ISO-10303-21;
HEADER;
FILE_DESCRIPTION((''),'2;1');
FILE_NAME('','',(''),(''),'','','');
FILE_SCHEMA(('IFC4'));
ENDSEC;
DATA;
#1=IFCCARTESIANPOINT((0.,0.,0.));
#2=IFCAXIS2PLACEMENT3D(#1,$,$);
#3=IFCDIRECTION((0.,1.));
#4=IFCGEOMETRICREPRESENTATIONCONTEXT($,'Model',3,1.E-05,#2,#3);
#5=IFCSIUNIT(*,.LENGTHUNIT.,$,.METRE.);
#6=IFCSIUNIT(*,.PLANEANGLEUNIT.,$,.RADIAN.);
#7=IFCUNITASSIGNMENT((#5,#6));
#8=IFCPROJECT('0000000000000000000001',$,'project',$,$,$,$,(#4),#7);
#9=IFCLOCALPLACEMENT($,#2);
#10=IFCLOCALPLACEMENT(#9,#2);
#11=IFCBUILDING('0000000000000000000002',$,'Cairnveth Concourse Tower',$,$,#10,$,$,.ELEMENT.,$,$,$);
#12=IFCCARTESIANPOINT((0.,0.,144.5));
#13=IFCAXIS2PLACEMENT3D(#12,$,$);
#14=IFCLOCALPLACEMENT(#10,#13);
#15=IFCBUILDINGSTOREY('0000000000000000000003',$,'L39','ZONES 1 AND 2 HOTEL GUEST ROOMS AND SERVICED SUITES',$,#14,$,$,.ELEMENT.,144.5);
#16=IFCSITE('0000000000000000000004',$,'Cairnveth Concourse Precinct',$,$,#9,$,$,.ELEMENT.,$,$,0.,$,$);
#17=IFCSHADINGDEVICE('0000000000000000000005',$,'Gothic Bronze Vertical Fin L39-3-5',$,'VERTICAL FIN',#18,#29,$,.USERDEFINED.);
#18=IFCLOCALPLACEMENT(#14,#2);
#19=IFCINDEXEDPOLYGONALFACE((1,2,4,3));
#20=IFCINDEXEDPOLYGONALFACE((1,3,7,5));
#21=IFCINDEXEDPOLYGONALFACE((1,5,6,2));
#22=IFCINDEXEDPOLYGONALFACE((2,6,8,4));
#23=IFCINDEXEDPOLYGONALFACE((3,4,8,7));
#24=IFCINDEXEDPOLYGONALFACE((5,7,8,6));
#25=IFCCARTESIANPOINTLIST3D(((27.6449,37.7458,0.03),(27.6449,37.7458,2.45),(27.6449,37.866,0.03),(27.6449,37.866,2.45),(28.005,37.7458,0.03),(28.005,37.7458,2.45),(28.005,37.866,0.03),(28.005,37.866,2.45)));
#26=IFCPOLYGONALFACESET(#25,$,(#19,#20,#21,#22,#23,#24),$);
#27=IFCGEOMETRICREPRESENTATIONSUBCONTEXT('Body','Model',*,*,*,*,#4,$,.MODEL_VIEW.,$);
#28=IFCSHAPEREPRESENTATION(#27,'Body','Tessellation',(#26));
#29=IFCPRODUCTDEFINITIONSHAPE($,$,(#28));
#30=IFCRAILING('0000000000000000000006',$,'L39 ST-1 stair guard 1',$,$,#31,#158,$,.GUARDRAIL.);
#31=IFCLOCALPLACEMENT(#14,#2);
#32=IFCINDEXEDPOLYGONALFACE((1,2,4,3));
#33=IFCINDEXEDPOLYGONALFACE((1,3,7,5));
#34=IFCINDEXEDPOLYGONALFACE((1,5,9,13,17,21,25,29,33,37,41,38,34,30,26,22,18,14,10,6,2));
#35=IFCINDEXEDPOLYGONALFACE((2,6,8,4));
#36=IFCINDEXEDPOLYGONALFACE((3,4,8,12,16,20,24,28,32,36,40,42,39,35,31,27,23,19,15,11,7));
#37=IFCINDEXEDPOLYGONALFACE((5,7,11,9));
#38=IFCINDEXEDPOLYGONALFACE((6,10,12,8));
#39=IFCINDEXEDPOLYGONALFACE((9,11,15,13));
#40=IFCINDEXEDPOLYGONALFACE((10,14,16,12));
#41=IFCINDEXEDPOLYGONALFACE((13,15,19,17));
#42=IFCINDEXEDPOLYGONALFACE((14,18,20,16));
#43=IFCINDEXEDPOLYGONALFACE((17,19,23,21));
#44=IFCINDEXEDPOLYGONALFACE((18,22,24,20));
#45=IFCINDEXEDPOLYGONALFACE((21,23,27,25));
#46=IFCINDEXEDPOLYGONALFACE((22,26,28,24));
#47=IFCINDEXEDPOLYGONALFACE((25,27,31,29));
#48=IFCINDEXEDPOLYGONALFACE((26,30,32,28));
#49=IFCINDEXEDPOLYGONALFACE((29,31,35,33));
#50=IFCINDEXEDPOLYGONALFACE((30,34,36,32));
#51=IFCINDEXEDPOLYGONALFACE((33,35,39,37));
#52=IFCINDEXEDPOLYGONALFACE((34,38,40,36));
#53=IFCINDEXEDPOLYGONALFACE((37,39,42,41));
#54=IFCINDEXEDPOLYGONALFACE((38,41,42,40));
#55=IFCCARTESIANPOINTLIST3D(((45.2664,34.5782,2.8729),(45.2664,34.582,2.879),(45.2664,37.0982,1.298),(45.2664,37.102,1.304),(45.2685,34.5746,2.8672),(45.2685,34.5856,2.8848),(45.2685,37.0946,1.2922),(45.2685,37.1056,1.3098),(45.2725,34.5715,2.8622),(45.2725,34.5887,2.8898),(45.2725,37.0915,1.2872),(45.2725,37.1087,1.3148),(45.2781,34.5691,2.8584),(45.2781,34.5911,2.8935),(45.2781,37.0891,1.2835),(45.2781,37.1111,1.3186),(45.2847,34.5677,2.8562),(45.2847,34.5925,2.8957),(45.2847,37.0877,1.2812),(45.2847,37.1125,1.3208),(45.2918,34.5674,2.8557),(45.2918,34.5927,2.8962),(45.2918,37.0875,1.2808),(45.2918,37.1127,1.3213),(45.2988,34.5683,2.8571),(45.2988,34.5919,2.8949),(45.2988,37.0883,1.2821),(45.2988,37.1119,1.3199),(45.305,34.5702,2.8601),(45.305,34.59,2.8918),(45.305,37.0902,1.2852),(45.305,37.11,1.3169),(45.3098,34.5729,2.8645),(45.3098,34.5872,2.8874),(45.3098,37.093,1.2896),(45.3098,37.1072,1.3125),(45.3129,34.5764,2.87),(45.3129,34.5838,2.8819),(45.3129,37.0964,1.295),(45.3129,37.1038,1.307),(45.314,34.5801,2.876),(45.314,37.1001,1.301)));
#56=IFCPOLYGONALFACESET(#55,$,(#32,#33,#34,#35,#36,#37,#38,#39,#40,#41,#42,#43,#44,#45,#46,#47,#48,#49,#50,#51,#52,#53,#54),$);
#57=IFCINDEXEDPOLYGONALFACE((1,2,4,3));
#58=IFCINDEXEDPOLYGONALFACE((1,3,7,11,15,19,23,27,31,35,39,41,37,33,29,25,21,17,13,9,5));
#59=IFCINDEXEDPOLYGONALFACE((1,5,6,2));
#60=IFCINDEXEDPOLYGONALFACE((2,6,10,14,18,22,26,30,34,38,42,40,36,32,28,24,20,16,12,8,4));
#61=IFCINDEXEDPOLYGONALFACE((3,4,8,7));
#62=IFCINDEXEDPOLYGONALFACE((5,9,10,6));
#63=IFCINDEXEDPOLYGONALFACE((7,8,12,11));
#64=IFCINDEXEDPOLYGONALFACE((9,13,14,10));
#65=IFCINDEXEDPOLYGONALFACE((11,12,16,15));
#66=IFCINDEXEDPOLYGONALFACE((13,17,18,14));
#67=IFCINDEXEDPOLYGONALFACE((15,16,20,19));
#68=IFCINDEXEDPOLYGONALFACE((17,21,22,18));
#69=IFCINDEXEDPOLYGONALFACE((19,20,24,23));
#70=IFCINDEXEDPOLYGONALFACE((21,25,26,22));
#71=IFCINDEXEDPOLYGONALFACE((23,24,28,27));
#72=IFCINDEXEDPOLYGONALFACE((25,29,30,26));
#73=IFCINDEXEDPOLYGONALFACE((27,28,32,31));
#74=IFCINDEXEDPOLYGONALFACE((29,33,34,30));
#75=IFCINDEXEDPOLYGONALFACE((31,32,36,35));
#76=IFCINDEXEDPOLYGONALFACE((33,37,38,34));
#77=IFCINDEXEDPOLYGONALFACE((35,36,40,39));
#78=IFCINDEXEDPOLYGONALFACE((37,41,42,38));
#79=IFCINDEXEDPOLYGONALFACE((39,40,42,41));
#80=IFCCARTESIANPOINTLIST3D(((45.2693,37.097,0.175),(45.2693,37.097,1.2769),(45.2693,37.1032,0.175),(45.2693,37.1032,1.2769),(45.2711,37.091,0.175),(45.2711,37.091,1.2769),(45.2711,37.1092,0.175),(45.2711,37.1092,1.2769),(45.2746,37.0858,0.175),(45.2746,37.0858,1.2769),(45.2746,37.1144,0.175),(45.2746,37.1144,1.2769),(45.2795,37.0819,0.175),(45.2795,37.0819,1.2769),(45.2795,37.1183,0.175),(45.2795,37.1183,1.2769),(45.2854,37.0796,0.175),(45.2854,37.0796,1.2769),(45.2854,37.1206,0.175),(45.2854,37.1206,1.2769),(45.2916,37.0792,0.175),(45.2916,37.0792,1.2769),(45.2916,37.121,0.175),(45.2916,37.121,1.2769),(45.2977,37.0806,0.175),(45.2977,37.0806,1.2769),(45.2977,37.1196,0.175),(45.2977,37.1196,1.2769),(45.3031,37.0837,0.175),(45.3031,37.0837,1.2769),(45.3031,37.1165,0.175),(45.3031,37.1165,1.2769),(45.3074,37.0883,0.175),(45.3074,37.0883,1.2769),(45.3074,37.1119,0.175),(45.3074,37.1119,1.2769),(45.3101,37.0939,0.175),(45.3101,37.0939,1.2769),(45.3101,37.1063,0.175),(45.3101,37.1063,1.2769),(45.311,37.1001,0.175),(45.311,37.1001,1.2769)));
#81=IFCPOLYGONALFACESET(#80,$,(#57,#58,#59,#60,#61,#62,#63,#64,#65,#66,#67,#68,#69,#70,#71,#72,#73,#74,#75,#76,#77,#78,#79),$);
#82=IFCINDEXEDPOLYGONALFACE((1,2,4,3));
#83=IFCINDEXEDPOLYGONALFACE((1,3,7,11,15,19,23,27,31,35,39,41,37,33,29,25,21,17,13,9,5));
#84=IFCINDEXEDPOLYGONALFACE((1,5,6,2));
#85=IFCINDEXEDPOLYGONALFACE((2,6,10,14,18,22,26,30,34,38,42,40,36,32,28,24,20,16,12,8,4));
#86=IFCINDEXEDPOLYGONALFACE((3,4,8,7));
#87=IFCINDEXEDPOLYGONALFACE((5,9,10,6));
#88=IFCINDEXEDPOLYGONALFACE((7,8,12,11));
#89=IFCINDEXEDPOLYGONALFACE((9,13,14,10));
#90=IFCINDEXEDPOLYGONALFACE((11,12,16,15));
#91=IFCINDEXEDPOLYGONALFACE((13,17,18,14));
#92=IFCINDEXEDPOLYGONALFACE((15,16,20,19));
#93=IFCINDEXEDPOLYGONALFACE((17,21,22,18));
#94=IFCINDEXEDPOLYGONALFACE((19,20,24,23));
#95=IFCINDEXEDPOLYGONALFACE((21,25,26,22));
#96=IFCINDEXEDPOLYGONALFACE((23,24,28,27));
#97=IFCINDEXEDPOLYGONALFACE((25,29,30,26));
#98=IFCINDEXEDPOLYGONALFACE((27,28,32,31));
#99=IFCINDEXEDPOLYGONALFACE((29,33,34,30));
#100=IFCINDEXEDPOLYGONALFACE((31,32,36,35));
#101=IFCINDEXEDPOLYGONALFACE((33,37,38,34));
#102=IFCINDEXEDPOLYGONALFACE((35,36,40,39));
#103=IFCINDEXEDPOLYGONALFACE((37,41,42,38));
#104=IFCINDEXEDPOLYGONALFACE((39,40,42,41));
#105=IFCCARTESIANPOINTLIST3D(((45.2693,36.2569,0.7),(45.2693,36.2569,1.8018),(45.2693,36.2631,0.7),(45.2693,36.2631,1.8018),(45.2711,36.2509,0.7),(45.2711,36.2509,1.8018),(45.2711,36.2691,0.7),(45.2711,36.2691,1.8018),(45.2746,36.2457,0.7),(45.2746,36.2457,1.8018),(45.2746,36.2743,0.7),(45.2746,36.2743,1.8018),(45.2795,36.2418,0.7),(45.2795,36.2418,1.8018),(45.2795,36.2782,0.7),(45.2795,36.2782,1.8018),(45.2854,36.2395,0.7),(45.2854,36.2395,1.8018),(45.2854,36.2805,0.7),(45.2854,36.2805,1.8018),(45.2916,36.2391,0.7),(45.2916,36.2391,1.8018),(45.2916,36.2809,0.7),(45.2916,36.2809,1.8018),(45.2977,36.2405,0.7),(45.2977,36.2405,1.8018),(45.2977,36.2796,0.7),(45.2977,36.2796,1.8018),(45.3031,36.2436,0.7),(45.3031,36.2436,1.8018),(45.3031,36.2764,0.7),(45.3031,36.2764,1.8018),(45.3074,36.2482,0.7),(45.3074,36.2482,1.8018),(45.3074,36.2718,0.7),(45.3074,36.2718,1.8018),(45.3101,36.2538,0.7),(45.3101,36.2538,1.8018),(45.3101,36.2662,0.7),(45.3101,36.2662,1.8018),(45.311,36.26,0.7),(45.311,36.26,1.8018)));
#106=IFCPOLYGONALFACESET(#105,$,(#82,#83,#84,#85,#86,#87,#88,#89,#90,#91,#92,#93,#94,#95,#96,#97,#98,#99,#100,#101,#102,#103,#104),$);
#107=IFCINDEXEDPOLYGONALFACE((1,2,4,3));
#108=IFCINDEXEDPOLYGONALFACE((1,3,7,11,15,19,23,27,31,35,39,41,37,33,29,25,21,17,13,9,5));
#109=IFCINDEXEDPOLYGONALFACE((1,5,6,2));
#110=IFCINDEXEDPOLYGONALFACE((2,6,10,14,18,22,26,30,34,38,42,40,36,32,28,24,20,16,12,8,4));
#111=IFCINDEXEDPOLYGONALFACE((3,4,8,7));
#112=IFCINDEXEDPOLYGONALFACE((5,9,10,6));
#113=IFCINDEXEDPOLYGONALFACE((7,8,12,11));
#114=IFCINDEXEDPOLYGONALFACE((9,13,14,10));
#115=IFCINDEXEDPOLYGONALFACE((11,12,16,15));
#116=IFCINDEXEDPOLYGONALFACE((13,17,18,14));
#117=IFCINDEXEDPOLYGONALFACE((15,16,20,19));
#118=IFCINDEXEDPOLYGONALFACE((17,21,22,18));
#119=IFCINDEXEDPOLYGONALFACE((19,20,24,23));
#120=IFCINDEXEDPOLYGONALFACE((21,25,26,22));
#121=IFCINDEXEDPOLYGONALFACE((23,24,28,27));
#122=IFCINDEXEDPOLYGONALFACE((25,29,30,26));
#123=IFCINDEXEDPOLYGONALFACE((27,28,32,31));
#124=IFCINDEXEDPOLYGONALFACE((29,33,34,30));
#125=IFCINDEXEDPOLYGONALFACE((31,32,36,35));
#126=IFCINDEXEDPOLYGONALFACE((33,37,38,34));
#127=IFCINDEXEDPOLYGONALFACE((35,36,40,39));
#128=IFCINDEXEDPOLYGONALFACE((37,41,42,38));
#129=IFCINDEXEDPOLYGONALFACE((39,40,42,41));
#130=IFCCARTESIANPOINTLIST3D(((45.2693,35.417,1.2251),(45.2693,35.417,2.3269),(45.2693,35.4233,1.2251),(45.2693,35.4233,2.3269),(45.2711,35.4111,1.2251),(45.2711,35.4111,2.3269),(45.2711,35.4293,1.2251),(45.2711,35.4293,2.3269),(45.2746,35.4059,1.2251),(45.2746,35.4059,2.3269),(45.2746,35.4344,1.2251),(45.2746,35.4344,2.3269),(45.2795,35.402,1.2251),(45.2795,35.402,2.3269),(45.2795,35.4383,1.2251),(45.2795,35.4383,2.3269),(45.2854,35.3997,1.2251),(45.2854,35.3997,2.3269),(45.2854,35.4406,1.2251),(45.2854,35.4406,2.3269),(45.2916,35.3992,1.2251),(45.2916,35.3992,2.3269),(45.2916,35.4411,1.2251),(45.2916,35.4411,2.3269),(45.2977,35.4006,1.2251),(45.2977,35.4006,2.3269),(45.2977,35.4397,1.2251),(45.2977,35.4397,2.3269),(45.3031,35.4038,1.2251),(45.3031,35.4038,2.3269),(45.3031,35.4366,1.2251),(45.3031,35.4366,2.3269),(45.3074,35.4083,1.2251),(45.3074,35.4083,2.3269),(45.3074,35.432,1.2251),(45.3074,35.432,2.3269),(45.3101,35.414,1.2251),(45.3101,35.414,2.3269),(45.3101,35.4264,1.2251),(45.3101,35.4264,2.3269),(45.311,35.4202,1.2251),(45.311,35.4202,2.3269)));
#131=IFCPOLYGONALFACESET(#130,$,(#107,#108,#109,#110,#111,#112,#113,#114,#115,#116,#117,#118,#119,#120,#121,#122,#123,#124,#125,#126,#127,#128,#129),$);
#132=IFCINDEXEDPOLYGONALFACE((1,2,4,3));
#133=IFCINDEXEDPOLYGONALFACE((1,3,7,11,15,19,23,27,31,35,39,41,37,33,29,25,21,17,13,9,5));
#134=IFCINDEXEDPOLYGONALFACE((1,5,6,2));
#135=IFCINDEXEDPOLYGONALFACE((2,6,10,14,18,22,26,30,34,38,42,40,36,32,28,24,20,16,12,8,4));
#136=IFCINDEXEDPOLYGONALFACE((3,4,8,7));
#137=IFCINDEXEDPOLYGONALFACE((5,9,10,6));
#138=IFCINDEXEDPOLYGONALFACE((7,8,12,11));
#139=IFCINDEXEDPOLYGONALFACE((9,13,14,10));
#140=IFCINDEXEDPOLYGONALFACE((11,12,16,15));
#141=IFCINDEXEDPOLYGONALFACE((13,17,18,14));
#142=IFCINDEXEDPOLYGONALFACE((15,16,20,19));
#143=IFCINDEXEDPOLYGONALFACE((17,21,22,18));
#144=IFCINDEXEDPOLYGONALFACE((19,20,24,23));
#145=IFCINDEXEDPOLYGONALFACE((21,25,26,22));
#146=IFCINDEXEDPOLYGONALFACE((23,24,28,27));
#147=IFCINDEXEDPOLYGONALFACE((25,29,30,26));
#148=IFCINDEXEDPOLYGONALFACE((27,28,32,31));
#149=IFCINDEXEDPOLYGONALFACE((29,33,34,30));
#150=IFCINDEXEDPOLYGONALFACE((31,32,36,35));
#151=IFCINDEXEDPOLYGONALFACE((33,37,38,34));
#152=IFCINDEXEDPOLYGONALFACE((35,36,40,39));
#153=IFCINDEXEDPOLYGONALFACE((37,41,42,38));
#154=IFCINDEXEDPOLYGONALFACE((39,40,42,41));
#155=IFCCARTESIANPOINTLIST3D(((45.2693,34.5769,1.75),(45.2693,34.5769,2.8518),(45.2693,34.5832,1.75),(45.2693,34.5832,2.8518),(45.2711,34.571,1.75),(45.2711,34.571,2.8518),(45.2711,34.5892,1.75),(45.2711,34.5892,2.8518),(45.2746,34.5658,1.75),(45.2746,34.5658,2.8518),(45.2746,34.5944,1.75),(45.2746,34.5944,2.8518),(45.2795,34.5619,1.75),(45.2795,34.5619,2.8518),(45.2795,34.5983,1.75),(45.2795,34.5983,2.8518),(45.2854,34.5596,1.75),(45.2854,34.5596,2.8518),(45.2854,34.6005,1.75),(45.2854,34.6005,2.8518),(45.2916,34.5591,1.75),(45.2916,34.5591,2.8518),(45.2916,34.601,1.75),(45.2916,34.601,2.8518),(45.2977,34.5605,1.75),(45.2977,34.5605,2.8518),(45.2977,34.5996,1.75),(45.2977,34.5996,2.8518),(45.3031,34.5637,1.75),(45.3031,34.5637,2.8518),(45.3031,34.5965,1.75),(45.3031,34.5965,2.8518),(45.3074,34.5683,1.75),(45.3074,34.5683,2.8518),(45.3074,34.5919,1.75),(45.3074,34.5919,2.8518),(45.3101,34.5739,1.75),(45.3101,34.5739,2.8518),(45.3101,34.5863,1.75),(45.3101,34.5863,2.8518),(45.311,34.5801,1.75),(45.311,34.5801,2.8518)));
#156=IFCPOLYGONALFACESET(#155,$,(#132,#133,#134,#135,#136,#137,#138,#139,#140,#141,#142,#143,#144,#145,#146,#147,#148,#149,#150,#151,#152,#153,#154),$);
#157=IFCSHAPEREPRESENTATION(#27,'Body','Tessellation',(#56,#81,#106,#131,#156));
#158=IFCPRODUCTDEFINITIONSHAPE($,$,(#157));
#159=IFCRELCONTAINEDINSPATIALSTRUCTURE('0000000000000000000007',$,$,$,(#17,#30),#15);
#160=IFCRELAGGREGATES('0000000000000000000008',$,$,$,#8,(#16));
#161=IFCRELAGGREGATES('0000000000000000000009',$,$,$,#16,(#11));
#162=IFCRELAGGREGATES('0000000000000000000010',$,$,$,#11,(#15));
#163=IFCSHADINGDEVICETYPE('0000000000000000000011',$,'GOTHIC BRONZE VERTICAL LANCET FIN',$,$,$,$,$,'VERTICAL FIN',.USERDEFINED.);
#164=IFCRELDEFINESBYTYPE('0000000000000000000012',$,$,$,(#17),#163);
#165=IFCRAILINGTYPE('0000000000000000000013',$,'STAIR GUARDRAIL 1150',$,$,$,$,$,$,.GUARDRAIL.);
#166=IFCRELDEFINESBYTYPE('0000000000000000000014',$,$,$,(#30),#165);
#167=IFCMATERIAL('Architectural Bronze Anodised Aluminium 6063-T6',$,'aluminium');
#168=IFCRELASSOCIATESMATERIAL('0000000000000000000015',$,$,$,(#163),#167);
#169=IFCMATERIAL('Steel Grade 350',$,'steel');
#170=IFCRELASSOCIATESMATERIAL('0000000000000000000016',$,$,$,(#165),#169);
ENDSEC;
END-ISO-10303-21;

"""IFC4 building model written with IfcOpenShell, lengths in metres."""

from ifc_helpers import new_model, si_unit, direction, frame, origin, origin_2d, place, context, subcontext, project, spatial, rectangle, circle, extrude, material, type_object, element, save


model = new_model("IFC4")

# Units and contexts
model_context = context("Model", 3, precision=1e-05, world=origin(), true_north=direction((0.0, 1.0)))
body_context = subcontext(model_context, "Body", "Model", "MODEL_VIEW")
ifc_project = project(units=[si_unit("LENGTHUNIT", "METRE"), si_unit("PLANEANGLEUNIT", "RADIAN")], contexts=[model_context])

# Site, building, storey
site_placement = place(None, origin())
site = spatial("IfcSite", under=ifc_project, at=site_placement, Name="Cairnveth Concourse Precinct", CompositionType="ELEMENT", RefElevation=0.0)
building_placement = place(site_placement, origin())
building = spatial("IfcBuilding", under=site, at=building_placement, Name="Cairnveth Concourse Tower", CompositionType="ELEMENT")
storey_placement = place(building_placement, frame((0.0, 0.0, 144.5)))
storey = spatial("IfcBuildingStorey", under=building, at=storey_placement, Name="L39", Description="ZONES 1 AND 2 HOTEL GUEST ROOMS AND SERVICED SUITES", CompositionType="ELEMENT", Elevation=144.5)

# Shared definitions
ifc_material_1 = material(Name="Steel Grade 350", Category="steel")

# Shared definitions
ifc_material_2 = material(Name="Architectural Bronze Anodised Aluminium 6063-T6", Category="aluminium")

# Shading device
shading_device_type = type_object("IfcShadingDeviceType", Name="GOTHIC BRONZE VERTICAL LANCET FIN", ElementType="VERTICAL FIN", PredefinedType="USERDEFINED", material=ifc_material_2)
shading_device_placement = place(storey_placement, frame((27.825, 37.8059, 0.03), z_axis=(0.0, 0.0, 1.0), x_axis=(0.0, 1.0, 0.0)))
element("IfcShadingDevice", 1, at=shading_device_placement, inside=storey, type_object=shading_device_type, Name="Gothic Bronze Vertical Fin L39-3-5", ObjectType="VERTICAL FIN", PredefinedType="USERDEFINED", context=body_context, shape_type="SweptSolid", body=[
    extrude(rectangle(XDim=0.1201, YDim=0.3601, at=origin_2d()), origin(), (0.0, 0.0, 1.0), 2.4199),
])

# Railing
railing_type_1 = type_object("IfcRailingType", Name="STAIR GUARDRAIL 1150", PredefinedType="GUARDRAIL", material=ifc_material_1)
railing_1_placement = place(storey_placement, frame((45.29, 37.1001, 0.175)))
element("IfcRailing", 2, at=railing_1_placement, inside=storey, type_object=railing_type_1, Name="L39 ST-1 stair guard 1", PredefinedType="GUARDRAIL", context=body_context, shape_type="SweptSolid", body=[
    extrude(circle(Radius=0.0239, at=origin_2d()), frame((0.0, 0.0, 1.126), z_axis=(0.0, -0.848008, 0.529984), x_axis=(1.0, 0.0, 0.0)), (0.0, 0.0, 1.0), 2.9717),
    extrude(circle(Radius=0.021, at=origin_2d()), origin(), (0.0, 0.0, 1.0), 1.1018),
    extrude(circle(Radius=0.021, at=origin_2d()), frame((0.0, -0.8401, 0.5249)), (0.0, 0.0, 1.0), 1.1018),
    extrude(circle(Radius=0.021, at=origin_2d()), frame((0.0, -1.6799, 1.05)), (0.0, 0.0, 1.0), 1.1018),
    extrude(circle(Radius=0.021, at=origin_2d()), frame((0.0, -2.52, 1.575)), (0.0, 0.0, 1.0), 1.1018),
])

save(model, "model.ifc")
